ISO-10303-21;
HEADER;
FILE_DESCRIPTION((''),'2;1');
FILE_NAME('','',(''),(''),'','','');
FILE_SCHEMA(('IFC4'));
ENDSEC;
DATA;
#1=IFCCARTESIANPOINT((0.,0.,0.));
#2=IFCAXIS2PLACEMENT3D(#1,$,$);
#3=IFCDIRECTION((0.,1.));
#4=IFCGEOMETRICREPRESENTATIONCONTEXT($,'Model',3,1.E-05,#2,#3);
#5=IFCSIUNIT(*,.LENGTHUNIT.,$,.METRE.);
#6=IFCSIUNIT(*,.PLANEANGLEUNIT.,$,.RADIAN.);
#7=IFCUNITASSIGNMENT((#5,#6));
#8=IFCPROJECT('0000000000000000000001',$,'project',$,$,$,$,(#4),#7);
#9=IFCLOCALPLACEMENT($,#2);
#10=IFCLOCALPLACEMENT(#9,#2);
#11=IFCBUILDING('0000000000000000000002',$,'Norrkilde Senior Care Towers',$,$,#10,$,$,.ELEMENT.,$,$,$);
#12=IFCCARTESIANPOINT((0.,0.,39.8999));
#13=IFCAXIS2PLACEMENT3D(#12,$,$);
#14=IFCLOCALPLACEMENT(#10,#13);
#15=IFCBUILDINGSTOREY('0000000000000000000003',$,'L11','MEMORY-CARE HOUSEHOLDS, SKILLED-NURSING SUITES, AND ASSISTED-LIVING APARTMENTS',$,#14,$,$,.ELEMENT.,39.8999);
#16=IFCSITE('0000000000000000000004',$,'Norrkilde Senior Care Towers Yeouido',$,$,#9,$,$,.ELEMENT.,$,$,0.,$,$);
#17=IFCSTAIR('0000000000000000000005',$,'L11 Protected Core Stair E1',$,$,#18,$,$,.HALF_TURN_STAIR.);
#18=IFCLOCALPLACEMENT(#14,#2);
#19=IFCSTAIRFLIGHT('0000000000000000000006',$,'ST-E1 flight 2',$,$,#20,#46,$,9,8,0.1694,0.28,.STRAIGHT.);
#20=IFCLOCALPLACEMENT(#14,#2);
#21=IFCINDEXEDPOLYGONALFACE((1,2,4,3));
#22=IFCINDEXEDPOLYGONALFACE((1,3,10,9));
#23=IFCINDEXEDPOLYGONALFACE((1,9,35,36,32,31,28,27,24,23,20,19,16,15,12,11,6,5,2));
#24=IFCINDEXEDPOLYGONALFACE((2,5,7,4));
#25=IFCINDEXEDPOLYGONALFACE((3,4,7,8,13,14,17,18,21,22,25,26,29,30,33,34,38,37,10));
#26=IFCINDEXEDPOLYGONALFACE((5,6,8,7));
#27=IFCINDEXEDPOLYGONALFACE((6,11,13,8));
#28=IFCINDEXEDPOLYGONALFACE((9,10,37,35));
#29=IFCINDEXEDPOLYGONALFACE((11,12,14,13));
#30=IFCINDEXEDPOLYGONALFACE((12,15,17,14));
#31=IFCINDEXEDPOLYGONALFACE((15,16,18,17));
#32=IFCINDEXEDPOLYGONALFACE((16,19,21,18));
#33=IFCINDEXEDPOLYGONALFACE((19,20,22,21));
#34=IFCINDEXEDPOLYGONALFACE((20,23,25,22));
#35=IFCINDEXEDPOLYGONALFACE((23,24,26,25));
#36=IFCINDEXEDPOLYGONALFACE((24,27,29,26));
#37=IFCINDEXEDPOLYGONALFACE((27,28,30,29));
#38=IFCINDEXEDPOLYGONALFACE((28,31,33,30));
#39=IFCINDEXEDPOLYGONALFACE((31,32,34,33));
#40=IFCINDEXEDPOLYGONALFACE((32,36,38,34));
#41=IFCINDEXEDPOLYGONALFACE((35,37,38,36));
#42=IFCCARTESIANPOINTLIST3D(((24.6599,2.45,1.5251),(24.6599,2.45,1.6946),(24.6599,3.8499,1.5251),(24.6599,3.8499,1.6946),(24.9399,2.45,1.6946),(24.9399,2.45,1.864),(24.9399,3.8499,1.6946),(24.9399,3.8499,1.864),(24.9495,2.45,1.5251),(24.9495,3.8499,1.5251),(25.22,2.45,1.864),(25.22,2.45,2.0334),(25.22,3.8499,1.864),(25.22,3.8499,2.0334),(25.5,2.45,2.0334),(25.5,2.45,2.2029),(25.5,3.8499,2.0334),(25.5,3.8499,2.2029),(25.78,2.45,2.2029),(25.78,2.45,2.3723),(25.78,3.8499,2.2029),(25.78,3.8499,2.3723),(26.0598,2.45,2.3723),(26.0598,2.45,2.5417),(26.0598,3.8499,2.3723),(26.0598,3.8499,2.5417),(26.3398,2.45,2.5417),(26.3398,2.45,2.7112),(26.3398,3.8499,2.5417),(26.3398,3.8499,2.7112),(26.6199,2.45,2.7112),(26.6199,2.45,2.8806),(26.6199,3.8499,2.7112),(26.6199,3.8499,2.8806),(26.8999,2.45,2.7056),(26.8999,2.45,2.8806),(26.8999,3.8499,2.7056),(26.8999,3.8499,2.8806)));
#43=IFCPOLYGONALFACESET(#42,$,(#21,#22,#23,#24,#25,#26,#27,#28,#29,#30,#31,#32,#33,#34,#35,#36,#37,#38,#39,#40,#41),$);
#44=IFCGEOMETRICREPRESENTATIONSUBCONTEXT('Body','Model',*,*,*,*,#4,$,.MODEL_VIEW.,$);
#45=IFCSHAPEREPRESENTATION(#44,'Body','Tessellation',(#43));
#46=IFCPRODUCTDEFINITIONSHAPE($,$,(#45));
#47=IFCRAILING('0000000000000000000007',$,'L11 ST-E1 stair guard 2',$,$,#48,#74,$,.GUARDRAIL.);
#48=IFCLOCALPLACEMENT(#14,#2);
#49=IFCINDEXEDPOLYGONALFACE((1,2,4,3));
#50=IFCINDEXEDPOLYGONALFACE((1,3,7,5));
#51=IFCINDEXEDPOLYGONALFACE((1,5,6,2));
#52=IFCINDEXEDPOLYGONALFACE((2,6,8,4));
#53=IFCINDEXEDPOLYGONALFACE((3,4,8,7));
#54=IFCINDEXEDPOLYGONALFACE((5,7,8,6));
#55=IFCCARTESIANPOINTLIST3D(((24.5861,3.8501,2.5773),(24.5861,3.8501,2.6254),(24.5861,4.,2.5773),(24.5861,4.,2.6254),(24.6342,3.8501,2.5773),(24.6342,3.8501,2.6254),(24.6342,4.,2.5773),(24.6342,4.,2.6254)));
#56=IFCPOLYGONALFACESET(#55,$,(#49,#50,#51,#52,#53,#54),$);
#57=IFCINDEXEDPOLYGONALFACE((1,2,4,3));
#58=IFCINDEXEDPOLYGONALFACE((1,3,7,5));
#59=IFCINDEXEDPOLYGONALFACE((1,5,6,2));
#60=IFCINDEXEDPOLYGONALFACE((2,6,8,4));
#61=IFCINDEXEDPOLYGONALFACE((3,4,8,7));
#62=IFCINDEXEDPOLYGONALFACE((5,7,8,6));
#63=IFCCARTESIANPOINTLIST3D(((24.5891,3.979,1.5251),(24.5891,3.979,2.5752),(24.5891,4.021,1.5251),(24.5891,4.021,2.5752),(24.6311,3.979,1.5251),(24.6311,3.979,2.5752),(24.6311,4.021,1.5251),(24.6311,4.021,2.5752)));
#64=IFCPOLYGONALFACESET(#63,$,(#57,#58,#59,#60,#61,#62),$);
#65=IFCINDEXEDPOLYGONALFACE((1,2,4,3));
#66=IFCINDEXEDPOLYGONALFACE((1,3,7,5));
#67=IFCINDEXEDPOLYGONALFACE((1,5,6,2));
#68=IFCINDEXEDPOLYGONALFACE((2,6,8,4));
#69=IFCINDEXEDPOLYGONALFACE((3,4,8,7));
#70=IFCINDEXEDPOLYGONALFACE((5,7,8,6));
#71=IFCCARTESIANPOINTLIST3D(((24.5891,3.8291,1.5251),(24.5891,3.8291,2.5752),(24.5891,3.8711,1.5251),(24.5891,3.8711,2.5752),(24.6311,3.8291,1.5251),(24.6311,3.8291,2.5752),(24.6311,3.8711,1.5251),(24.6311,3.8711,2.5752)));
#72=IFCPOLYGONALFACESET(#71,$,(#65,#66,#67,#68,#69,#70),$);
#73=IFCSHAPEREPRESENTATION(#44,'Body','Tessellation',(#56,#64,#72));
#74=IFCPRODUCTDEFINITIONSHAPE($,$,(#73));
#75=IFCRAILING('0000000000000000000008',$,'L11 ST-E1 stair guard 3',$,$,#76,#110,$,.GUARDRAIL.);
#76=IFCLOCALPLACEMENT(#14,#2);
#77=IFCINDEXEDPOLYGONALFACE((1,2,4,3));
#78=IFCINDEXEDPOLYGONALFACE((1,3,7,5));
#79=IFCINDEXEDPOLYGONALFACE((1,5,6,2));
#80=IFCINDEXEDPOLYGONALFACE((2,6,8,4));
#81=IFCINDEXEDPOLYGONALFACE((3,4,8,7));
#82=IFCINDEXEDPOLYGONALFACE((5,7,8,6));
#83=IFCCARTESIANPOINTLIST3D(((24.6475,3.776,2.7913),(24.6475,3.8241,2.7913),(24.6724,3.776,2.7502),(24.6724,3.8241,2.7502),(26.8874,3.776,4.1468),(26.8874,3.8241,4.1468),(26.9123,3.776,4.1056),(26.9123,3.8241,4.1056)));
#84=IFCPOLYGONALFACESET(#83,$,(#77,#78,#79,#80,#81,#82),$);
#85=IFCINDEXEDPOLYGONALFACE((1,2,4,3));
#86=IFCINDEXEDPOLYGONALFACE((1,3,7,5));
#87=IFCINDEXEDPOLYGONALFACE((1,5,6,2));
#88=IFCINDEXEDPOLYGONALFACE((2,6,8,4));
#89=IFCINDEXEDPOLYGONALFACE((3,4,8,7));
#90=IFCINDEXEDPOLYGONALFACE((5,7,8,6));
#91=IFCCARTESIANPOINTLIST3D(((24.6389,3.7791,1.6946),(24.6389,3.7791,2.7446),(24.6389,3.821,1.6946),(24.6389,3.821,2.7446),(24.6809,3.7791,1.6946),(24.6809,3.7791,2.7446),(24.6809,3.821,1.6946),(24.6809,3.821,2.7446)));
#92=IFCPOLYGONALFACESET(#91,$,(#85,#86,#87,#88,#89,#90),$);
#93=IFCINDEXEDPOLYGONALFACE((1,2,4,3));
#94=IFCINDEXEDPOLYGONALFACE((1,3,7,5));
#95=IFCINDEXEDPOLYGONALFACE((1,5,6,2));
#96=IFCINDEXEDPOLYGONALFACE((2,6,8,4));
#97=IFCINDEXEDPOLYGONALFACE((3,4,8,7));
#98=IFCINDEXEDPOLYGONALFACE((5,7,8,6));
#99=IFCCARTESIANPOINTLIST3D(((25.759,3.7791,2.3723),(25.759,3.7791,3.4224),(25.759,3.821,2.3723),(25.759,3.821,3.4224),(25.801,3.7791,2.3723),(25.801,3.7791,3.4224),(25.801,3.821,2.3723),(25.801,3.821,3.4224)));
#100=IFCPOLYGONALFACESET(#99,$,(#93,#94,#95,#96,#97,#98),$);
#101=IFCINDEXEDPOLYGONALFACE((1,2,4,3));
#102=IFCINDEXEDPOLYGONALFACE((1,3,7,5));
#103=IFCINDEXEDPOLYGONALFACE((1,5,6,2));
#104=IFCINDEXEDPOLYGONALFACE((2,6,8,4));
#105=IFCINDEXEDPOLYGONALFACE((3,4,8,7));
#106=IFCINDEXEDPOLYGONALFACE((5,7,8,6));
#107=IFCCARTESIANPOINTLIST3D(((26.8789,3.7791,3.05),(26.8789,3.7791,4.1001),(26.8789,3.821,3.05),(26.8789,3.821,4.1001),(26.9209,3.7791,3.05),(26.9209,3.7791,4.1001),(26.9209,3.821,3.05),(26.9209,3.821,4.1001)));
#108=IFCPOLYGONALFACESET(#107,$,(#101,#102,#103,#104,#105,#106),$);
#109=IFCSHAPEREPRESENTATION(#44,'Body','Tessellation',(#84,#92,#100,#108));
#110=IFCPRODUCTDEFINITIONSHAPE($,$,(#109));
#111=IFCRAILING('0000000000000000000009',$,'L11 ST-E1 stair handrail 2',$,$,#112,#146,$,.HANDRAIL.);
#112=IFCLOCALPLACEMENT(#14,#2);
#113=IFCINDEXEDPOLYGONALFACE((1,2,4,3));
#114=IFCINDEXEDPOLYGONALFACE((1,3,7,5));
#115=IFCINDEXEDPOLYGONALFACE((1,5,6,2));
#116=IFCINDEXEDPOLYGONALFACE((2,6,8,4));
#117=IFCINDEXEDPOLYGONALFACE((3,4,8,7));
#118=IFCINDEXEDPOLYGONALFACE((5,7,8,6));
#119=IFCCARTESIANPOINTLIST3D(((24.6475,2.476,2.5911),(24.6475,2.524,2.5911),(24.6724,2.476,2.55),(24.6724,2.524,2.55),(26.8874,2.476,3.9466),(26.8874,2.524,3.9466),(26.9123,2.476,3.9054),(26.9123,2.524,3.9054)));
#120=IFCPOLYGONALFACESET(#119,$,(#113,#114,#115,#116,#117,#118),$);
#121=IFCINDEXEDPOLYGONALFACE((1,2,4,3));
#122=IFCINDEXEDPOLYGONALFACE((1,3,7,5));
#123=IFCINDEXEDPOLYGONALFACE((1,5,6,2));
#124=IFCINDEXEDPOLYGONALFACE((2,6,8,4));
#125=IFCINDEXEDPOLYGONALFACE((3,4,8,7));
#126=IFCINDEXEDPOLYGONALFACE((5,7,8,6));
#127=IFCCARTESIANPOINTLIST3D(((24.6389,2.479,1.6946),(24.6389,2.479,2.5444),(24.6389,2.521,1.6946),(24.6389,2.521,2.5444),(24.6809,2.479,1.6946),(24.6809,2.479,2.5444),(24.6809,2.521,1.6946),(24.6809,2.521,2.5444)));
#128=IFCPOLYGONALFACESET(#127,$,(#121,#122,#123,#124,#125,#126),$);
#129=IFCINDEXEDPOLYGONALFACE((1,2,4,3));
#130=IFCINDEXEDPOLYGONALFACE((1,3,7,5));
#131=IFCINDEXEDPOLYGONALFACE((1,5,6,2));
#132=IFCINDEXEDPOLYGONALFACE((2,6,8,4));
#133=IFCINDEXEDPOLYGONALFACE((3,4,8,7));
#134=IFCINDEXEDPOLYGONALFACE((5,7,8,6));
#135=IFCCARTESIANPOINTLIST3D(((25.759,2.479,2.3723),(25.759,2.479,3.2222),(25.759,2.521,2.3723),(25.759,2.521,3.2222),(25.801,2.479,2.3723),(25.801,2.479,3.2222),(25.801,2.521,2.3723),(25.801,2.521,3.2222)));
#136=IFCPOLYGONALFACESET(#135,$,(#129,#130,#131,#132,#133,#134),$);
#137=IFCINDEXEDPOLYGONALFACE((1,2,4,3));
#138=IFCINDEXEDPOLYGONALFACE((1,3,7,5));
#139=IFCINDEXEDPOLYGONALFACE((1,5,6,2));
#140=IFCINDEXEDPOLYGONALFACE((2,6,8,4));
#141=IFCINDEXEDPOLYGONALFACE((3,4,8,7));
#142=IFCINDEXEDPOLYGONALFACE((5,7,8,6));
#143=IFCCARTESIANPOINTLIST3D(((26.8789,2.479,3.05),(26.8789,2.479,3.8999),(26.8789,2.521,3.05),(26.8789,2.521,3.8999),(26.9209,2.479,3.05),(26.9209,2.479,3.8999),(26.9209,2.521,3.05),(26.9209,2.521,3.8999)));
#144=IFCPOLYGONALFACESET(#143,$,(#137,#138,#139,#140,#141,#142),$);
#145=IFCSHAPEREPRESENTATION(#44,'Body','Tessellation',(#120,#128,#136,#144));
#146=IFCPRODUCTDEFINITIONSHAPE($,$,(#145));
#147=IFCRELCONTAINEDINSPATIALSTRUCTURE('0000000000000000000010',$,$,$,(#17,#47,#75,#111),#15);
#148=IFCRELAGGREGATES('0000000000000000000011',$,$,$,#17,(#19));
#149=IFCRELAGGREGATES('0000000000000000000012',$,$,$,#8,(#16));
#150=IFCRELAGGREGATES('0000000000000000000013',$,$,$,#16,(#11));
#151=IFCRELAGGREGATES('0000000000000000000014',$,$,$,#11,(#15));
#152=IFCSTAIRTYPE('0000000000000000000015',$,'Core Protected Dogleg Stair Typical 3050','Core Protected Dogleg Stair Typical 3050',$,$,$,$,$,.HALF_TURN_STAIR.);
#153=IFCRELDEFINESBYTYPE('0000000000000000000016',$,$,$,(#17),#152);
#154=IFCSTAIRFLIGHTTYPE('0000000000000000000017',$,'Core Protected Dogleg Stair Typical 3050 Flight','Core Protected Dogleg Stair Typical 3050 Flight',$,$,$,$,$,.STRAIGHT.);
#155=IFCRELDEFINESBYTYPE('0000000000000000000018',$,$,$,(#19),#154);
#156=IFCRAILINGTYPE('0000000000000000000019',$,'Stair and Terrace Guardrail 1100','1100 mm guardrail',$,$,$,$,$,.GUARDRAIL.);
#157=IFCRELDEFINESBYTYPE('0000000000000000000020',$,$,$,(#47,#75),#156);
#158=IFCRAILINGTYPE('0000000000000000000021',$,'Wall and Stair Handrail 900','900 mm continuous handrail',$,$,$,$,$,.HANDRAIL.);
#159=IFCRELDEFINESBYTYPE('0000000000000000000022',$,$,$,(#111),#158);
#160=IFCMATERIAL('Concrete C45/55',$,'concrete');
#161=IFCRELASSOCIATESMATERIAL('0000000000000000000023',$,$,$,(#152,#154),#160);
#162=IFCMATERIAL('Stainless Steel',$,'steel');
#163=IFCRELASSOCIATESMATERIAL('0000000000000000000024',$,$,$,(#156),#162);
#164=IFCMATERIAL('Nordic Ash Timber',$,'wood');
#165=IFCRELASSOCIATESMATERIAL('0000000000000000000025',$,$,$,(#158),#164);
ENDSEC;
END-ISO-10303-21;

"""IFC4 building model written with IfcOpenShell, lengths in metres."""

from ifc_helpers import new_model, si_unit, direction, frame, origin, origin_2d, place, context, subcontext, project, spatial, polyline, rectangle, outline, extrude, material, type_object, element, aggregate, save


model = new_model("IFC4")

# Units and contexts
model_context = context("Model", 3, precision=1e-05, world=origin(), true_north=direction((0.0, 1.0)))
body_context = subcontext(model_context, "Body", "Model", "MODEL_VIEW")
ifc_project = project(units=[si_unit("LENGTHUNIT", "METRE"), si_unit("PLANEANGLEUNIT", "RADIAN")], contexts=[model_context])

# Site, building, storey
site_placement = place(None, origin())
site = spatial("IfcSite", under=ifc_project, at=site_placement, Name="Norrkilde Senior Care Towers Yeouido", CompositionType="ELEMENT", RefElevation=0.0)
building_placement = place(site_placement, origin())
building = spatial("IfcBuilding", under=site, at=building_placement, Name="Norrkilde Senior Care Towers", CompositionType="ELEMENT")
storey_placement = place(building_placement, frame((0.0, 0.0, 39.8999)))
storey = spatial("IfcBuildingStorey", under=building, at=storey_placement, Name="L11", Description="MEMORY-CARE HOUSEHOLDS, SKILLED-NURSING SUITES, AND ASSISTED-LIVING APARTMENTS", CompositionType="ELEMENT", Elevation=39.8999)

# Shared definitions
ifc_material_1 = material(Name="Concrete C45/55", Category="concrete")

# Shared definitions
ifc_material_2 = material(Name="Stainless Steel", Category="steel")

# Shared definitions
ifc_material_3 = material(Name="Nordic Ash Timber", Category="wood")

# Stair, stair flight
stair_type = type_object("IfcStairType", Name="Core Protected Dogleg Stair Typical 3050", Description="Core Protected Dogleg Stair Typical 3050", PredefinedType="HALF_TURN_STAIR", material=ifc_material_1)
stair_placement = place(storey_placement, origin())
stair = element("IfcStair", 1, at=stair_placement, inside=storey, type_object=stair_type, Name="L11 Protected Core Stair E1", PredefinedType="HALF_TURN_STAIR")
stair_flight_type = type_object("IfcStairFlightType", Name="Core Protected Dogleg Stair Typical 3050 Flight", Description="Core Protected Dogleg Stair Typical 3050 Flight", PredefinedType="STRAIGHT", material=ifc_material_1)
stair_flight_placement = place(storey_placement, frame((24.6599, 3.1499, 1.5251), z_axis=(0.0, 0.0, 1.0), x_axis=(1.0, 0.0, 0.0)))
stair_flight = element("IfcStairFlight", 2, at=stair_flight_placement, type_object=stair_flight_type, Name="ST-E1 flight 2", NumberOfRisers=9, NumberOfTreads=8, PredefinedType="STRAIGHT", RiserHeight=0.1694, TreadLength=0.28, context=body_context, shape_type="SweptSolid", body=[
    extrude(outline(polyline([(0.0, 0.0), (0.0, 0.1694), (0.28, 0.1694), (0.28, 0.3389), (0.5601, 0.3389), (0.5601, 0.5083), (0.8401, 0.5083), (0.8401, 0.6777), (1.1201, 0.6777), (1.1201, 0.8472), (1.3999, 0.8472), (1.3999, 1.0166), (1.6799, 1.0166), (1.6799, 1.186), (1.96, 1.186), (1.96, 1.3555), (2.24, 1.3555), (2.24, 1.5249), (2.24, 1.1804), (0.2896, 0.0), (0.0, 0.0)])), frame((0.0, 0.7, 0.0), z_axis=(0.0, -1.0, 0.0), x_axis=(1.0, 0.0, 0.0)), (0.0, 0.0, 1.0), 1.3999),
])
aggregate(stair, [stair_flight])

# Railings
railing_type_1 = type_object("IfcRailingType", Name="Stair and Terrace Guardrail 1100", Description="1100 mm guardrail", PredefinedType="GUARDRAIL", material=ifc_material_2)
railing_1_placement = place(storey_placement, frame((24.6101, 4.0, 1.5251)))
element("IfcRailing", 3, at=railing_1_placement, inside=storey, type_object=railing_type_1, Name="L11 ST-E1 stair guard 2", PredefinedType="GUARDRAIL", context=body_context, shape_type="SweptSolid", body=[
    extrude(rectangle(XDim=0.0481, YDim=0.0481, at=origin_2d()), frame((0.0, 0.0, 1.0762), z_axis=(0.0, -1.0, 0.0), x_axis=(1.0, 0.0, 0.0)), (0.0, 0.0, 1.0), 0.1499),
    extrude(rectangle(XDim=0.042, YDim=0.042, at=origin_2d()), origin(), (0.0, 0.0, 1.0), 1.05),
    extrude(rectangle(XDim=0.042, YDim=0.042, at=origin_2d()), frame((0.0, -0.1499, 0.0)), (0.0, 0.0, 1.0), 1.05),
])
railing_2_placement = place(storey_placement, frame((24.6599, 3.8, 1.6946)))
element("IfcRailing", 4, at=railing_2_placement, inside=storey, type_object=railing_type_1, Name="L11 ST-E1 stair guard 3", PredefinedType="GUARDRAIL", context=body_context, shape_type="SweptSolid", body=[
    extrude(rectangle(XDim=0.0481, YDim=0.0481, at=origin_2d()), frame((0.0, 0.0, 1.0762), z_axis=(0.855553, 0.0, 0.517715), x_axis=(0.0, 1.0, 0.0)), (0.0, 0.0, 1.0), 2.6182),
    extrude(rectangle(XDim=0.042, YDim=0.042, at=origin_2d()), origin(), (0.0, 0.0, 1.0), 1.05),
    extrude(rectangle(XDim=0.042, YDim=0.042, at=origin_2d()), frame((1.1201, 0.0, 0.6777)), (0.0, 0.0, 1.0), 1.05),
    extrude(rectangle(XDim=0.042, YDim=0.042, at=origin_2d()), frame((2.24, 0.0, 1.3555)), (0.0, 0.0, 1.0), 1.05),
])
railing_type_2 = type_object("IfcRailingType", Name="Wall and Stair Handrail 900", Description="900 mm continuous handrail", PredefinedType="HANDRAIL", material=ifc_material_3)
railing_3_placement = place(storey_placement, frame((24.6599, 2.5, 1.6946)))
element("IfcRailing", 5, at=railing_3_placement, inside=storey, type_object=railing_type_2, Name="L11 ST-E1 stair handrail 2", PredefinedType="HANDRAIL", context=body_context, shape_type="SweptSolid", body=[
    extrude(rectangle(XDim=0.0481, YDim=0.0481, at=origin_2d()), frame((0.0, 0.0, 0.876), z_axis=(0.855553, 0.0, 0.517715), x_axis=(0.0, 1.0, 0.0)), (0.0, 0.0, 1.0), 2.6182),
    extrude(rectangle(XDim=0.042, YDim=0.042, at=origin_2d()), origin(), (0.0, 0.0, 1.0), 0.8499),
    extrude(rectangle(XDim=0.042, YDim=0.042, at=origin_2d()), frame((1.1201, 0.0, 0.6777)), (0.0, 0.0, 1.0), 0.8499),
    extrude(rectangle(XDim=0.042, YDim=0.042, at=origin_2d()), frame((2.24, 0.0, 1.3555)), (0.0, 0.0, 1.0), 0.8499),
])

save(model, "model.ifc")
